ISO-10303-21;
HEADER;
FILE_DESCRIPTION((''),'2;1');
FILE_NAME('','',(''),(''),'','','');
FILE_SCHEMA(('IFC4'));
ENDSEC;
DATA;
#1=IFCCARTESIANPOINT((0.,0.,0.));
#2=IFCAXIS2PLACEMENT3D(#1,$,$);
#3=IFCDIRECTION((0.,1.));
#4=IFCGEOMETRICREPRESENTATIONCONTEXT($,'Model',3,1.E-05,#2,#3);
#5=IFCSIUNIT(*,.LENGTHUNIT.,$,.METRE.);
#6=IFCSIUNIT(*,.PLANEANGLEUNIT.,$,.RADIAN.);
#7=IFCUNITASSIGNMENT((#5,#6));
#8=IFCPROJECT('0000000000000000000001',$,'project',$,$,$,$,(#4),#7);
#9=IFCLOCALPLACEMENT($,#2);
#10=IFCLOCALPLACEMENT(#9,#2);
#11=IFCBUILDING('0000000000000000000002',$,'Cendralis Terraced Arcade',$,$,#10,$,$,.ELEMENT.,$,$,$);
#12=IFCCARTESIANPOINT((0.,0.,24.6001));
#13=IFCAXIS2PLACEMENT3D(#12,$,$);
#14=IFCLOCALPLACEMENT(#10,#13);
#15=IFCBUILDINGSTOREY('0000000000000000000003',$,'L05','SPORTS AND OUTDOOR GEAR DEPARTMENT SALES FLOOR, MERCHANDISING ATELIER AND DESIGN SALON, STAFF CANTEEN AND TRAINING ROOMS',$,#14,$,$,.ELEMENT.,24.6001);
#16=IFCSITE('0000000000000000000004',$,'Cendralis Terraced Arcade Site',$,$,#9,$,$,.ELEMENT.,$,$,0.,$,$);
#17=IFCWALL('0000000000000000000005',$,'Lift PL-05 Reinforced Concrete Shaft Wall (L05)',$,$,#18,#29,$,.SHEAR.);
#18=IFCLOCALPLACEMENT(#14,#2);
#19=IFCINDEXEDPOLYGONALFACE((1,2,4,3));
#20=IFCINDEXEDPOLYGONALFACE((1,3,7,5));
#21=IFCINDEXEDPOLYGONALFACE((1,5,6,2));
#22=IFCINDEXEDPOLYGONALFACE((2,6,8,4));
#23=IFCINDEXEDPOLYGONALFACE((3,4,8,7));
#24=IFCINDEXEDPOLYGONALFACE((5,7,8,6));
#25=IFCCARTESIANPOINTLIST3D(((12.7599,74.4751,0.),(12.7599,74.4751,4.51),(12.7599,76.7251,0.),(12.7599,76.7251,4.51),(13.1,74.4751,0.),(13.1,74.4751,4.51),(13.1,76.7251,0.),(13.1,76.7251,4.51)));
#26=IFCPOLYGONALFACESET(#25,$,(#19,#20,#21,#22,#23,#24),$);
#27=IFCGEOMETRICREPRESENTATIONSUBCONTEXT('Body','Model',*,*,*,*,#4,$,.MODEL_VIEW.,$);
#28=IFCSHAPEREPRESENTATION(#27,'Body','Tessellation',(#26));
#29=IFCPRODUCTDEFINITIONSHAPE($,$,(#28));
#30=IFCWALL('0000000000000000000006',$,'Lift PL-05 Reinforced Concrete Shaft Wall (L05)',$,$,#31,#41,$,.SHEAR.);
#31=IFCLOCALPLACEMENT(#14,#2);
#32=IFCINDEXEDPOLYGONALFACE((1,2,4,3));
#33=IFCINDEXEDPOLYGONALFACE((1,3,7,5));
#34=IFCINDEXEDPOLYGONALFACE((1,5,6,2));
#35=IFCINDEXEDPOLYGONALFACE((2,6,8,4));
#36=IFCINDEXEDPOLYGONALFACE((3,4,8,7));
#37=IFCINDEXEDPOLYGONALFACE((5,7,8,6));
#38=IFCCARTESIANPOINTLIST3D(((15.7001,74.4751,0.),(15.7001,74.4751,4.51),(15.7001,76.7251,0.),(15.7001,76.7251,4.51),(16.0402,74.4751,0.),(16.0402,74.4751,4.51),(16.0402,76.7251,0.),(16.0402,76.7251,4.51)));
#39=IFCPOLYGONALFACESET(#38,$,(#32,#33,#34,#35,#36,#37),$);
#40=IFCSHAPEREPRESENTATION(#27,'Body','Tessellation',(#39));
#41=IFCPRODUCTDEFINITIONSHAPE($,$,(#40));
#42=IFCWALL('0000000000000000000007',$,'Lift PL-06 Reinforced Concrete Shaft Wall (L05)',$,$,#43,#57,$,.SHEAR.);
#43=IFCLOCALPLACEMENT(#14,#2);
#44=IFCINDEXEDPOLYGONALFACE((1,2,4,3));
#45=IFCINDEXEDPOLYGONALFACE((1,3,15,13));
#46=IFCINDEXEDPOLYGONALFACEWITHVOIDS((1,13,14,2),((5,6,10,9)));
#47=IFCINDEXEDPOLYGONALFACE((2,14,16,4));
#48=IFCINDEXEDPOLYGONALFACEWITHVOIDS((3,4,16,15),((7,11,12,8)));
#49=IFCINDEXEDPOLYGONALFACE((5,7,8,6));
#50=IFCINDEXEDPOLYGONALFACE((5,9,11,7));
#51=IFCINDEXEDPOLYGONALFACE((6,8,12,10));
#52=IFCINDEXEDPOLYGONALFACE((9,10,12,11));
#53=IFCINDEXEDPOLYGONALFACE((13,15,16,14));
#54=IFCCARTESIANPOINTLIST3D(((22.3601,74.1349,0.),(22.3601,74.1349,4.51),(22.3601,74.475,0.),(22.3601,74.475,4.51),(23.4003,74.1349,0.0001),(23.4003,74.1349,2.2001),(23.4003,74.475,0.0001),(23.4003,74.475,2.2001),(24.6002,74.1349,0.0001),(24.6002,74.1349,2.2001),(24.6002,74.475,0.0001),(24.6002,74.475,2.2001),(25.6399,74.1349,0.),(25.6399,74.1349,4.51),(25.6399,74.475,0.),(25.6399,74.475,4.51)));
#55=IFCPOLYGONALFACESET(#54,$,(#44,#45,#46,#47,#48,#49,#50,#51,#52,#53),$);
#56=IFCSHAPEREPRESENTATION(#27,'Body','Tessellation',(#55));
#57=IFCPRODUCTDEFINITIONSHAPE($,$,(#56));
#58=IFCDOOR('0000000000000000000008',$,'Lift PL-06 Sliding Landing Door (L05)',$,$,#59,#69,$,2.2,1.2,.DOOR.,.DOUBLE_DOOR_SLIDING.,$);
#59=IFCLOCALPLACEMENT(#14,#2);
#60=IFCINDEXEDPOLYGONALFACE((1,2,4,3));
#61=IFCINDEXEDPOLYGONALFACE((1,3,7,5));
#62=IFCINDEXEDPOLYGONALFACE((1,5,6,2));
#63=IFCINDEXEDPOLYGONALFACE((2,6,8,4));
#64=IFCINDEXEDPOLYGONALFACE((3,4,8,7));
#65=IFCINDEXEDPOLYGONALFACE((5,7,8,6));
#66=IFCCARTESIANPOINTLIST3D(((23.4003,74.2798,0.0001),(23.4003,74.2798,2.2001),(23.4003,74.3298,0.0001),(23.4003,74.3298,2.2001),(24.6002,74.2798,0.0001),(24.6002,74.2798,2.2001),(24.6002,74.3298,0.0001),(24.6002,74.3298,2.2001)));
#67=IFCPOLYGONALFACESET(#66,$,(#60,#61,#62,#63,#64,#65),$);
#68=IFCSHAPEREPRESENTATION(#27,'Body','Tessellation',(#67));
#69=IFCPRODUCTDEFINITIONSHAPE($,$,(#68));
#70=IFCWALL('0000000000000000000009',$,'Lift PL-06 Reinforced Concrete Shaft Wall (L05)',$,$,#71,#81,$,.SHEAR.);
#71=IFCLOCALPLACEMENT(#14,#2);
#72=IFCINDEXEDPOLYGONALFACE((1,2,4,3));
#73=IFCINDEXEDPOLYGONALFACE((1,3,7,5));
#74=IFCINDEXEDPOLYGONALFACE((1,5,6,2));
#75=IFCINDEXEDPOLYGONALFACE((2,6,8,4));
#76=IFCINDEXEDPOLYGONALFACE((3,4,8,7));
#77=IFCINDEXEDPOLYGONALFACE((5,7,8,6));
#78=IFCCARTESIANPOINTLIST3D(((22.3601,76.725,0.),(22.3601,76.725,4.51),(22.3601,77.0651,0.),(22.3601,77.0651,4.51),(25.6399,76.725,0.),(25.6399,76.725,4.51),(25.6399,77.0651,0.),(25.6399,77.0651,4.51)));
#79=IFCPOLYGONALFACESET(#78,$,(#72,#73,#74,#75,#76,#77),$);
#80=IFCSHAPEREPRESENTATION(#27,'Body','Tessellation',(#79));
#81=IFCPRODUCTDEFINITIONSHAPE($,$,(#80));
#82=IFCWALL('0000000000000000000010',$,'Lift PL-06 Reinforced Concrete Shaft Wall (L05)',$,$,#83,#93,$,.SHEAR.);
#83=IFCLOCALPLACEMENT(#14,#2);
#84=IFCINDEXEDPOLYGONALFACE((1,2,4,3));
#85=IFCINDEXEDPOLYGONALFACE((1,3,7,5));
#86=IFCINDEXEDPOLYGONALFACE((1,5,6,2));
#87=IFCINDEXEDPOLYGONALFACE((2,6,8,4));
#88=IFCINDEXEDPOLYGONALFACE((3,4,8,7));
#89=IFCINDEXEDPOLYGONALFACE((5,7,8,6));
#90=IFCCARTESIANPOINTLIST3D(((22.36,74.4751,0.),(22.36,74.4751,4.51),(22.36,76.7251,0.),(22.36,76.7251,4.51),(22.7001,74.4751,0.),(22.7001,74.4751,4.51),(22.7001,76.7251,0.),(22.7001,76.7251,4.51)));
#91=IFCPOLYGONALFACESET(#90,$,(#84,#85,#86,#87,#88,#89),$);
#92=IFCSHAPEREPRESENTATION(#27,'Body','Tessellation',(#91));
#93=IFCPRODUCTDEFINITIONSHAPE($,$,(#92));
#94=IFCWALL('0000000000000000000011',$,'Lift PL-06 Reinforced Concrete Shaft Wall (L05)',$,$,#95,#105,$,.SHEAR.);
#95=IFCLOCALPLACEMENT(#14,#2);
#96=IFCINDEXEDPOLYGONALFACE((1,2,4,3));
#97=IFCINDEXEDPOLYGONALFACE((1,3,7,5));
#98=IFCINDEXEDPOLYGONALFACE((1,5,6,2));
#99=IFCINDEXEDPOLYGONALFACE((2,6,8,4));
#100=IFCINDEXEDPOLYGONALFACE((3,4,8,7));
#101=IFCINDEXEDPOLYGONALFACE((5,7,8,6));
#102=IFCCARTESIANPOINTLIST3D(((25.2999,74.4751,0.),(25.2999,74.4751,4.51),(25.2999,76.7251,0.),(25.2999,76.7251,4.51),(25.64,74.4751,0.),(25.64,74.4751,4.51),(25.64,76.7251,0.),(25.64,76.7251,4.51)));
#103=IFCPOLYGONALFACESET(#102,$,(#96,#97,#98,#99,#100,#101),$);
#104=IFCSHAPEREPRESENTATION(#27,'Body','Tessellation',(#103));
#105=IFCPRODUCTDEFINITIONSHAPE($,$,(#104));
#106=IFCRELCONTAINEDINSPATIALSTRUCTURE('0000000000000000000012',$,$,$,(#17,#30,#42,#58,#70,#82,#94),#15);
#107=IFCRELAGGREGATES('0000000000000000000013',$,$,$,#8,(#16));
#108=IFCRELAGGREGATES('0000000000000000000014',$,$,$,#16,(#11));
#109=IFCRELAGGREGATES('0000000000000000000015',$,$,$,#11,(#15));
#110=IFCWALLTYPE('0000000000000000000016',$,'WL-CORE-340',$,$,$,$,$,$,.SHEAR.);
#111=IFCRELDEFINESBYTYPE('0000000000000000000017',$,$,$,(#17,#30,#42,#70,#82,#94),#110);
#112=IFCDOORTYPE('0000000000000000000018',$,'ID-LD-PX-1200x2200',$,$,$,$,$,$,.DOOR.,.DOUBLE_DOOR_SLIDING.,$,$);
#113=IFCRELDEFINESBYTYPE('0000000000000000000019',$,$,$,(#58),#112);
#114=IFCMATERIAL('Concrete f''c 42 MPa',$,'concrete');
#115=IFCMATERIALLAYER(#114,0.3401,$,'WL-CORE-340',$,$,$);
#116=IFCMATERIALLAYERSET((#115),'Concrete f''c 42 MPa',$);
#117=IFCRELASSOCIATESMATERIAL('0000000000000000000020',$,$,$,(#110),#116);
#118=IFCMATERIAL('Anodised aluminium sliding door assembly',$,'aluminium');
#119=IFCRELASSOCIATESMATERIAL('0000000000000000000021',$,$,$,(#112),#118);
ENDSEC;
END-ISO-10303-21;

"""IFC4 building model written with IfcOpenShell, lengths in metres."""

from ifc_helpers import new_model, si_unit, direction, frame, frame_2d, origin, place, context, subcontext, project, spatial, rectangle, extrude, material, layer, layer_set, type_object, element, fill, save


model = new_model("IFC4")

# Units and contexts
model_context = context("Model", 3, precision=1e-05, world=origin(), true_north=direction((0.0, 1.0)))
body_context = subcontext(model_context, "Body", "Model", "MODEL_VIEW")
ifc_project = project(units=[si_unit("LENGTHUNIT", "METRE"), si_unit("PLANEANGLEUNIT", "RADIAN")], contexts=[model_context])

# Site, building, storey
site_placement = place(None, origin())
site = spatial("IfcSite", under=ifc_project, at=site_placement, Name="Cendralis Terraced Arcade Site", CompositionType="ELEMENT", RefElevation=0.0)
building_placement = place(site_placement, origin())
building = spatial("IfcBuilding", under=site, at=building_placement, Name="Cendralis Terraced Arcade", CompositionType="ELEMENT")
storey_placement = place(building_placement, frame((0.0, 0.0, 24.6001)))
storey = spatial("IfcBuildingStorey", under=building, at=storey_placement, Name="L05", Description="SPORTS AND OUTDOOR GEAR DEPARTMENT SALES FLOOR, MERCHANDISING ATELIER AND DESIGN SALON, STAFF CANTEEN AND TRAINING ROOMS", CompositionType="ELEMENT", Elevation=24.6001)

# Shared definitions
ifc_material_1 = material(Name="Concrete f'c 42 MPa", Category="concrete")

# Shared definitions
ifc_layer_1 = layer(ifc_material_1, 0.3401, Name="WL-CORE-340")
ifc_layer_set_1 = layer_set([ifc_layer_1], Name="Concrete f'c 42 MPa")
wall_type = type_object("IfcWallType", Name="WL-CORE-340", PredefinedType="SHEAR", material=ifc_layer_set_1)
ifc_material_2 = material(Name="Anodised aluminium sliding door assembly", Category="aluminium")
door_type = type_object("IfcDoorType", Name="ID-LD-PX-1200x2200", OperationType="DOUBLE_DOOR_SLIDING", PredefinedType="DOOR", material=ifc_material_2)

# Walls
for number, where, z_axis, x_axis, name in (
    (1, (12.9299, 74.4751, 0.0), (0.0, 0.0, 1.0), (0.0, 1.0, 0.0), "Lift PL-05 Reinforced Concrete Shaft Wall (L05)"),
    (2, (15.8701, 74.4751, 0.0), (0.0, 0.0, 1.0), (0.0, 1.0, 0.0), "Lift PL-05 Reinforced Concrete Shaft Wall (L05)"),
):
    element("IfcWall", number, at=place(storey_placement, frame(where, z_axis=z_axis, x_axis=x_axis)), inside=storey, type_object=wall_type, Name=name, PredefinedType="SHEAR", context=body_context, shape_type="SweptSolid", body=[
        extrude(rectangle(XDim=2.25, YDim=0.3401, at=frame_2d((1.125, 0.0))), origin(), (0.0, 0.0, 1.0), 4.51),
    ])

# Wall, opening, door
wall_1_placement = place(storey_placement, frame((22.3601, 74.3049, 0.0), z_axis=(0.0, 0.0, 1.0), x_axis=(1.0, 0.0, 0.0)))
wall_1 = element("IfcWall", 3, at=wall_1_placement, inside=storey, type_object=wall_type, Name="Lift PL-06 Reinforced Concrete Shaft Wall (L05)", PredefinedType="SHEAR", context=body_context, shape_type="SweptSolid", body=[
    extrude(rectangle(XDim=3.2798, YDim=0.3401, at=frame_2d((1.6399, 0.0))), origin(), (0.0, 0.0, 1.0), 4.51),
])
opening_1_placement = place(wall_1_placement, frame((1.04, 0.0, 0.0)))
opening_1 = element("IfcOpeningElement", 4, at=opening_1_placement, cuts=wall_1, PredefinedType="OPENING", context=body_context, shape_type="SweptSolid", body=[
    extrude(rectangle(XDim=1.2, YDim=2.2, at=frame_2d((0.6001, 1.1001))), frame((0.0, 0.1821, 0.0), z_axis=(0.0, -1.0, 0.0), x_axis=(1.0, 0.0, 0.0)), (0.0, 0.0, 1.0), 0.364),
])
door_1_placement = place(opening_1_placement, origin())
door_1 = element("IfcDoor", 5, at=door_1_placement, inside=storey, type_object=door_type, Name="Lift PL-06 Sliding Landing Door (L05)", OperationType="DOUBLE_DOOR_SLIDING", OverallHeight=2.2, OverallWidth=1.2, PredefinedType="DOOR", context=body_context, shape_type="SweptSolid", body=[
    extrude(rectangle(XDim=1.2, YDim=2.2, at=frame_2d((0.6001, 1.1001))), frame((0.0, 0.0249, 0.0), z_axis=(0.0, -1.0, 0.0), x_axis=(1.0, 0.0, 0.0)), (0.0, 0.0, 1.0), 0.05),
])
fill(opening_1, door_1)

# Walls
wall_2_placement = place(storey_placement, frame((22.3601, 76.895, 0.0), z_axis=(0.0, 0.0, 1.0), x_axis=(1.0, 0.0, 0.0)))
element("IfcWall", 6, at=wall_2_placement, inside=storey, type_object=wall_type, Name="Lift PL-06 Reinforced Concrete Shaft Wall (L05)", PredefinedType="SHEAR", context=body_context, shape_type="SweptSolid", body=[
    extrude(rectangle(XDim=3.2798, YDim=0.3401, at=frame_2d((1.6399, 0.0))), origin(), (0.0, 0.0, 1.0), 4.51),
])
for number, where, z_axis, x_axis, name in (
    (7, (22.53, 74.4751, 0.0), (0.0, 0.0, 1.0), (0.0, 1.0, 0.0), "Lift PL-06 Reinforced Concrete Shaft Wall (L05)"),
    (8, (25.47, 74.4751, 0.0), (0.0, 0.0, 1.0), (0.0, 1.0, 0.0), "Lift PL-06 Reinforced Concrete Shaft Wall (L05)"),
):
    element("IfcWall", number, at=place(storey_placement, frame(where, z_axis=z_axis, x_axis=x_axis)), inside=storey, type_object=wall_type, Name=name, PredefinedType="SHEAR", context=body_context, shape_type="SweptSolid", body=[
        extrude(rectangle(XDim=2.25, YDim=0.3401, at=frame_2d((1.125, 0.0))), origin(), (0.0, 0.0, 1.0), 4.51),
    ])

save(model, "model.ifc")
